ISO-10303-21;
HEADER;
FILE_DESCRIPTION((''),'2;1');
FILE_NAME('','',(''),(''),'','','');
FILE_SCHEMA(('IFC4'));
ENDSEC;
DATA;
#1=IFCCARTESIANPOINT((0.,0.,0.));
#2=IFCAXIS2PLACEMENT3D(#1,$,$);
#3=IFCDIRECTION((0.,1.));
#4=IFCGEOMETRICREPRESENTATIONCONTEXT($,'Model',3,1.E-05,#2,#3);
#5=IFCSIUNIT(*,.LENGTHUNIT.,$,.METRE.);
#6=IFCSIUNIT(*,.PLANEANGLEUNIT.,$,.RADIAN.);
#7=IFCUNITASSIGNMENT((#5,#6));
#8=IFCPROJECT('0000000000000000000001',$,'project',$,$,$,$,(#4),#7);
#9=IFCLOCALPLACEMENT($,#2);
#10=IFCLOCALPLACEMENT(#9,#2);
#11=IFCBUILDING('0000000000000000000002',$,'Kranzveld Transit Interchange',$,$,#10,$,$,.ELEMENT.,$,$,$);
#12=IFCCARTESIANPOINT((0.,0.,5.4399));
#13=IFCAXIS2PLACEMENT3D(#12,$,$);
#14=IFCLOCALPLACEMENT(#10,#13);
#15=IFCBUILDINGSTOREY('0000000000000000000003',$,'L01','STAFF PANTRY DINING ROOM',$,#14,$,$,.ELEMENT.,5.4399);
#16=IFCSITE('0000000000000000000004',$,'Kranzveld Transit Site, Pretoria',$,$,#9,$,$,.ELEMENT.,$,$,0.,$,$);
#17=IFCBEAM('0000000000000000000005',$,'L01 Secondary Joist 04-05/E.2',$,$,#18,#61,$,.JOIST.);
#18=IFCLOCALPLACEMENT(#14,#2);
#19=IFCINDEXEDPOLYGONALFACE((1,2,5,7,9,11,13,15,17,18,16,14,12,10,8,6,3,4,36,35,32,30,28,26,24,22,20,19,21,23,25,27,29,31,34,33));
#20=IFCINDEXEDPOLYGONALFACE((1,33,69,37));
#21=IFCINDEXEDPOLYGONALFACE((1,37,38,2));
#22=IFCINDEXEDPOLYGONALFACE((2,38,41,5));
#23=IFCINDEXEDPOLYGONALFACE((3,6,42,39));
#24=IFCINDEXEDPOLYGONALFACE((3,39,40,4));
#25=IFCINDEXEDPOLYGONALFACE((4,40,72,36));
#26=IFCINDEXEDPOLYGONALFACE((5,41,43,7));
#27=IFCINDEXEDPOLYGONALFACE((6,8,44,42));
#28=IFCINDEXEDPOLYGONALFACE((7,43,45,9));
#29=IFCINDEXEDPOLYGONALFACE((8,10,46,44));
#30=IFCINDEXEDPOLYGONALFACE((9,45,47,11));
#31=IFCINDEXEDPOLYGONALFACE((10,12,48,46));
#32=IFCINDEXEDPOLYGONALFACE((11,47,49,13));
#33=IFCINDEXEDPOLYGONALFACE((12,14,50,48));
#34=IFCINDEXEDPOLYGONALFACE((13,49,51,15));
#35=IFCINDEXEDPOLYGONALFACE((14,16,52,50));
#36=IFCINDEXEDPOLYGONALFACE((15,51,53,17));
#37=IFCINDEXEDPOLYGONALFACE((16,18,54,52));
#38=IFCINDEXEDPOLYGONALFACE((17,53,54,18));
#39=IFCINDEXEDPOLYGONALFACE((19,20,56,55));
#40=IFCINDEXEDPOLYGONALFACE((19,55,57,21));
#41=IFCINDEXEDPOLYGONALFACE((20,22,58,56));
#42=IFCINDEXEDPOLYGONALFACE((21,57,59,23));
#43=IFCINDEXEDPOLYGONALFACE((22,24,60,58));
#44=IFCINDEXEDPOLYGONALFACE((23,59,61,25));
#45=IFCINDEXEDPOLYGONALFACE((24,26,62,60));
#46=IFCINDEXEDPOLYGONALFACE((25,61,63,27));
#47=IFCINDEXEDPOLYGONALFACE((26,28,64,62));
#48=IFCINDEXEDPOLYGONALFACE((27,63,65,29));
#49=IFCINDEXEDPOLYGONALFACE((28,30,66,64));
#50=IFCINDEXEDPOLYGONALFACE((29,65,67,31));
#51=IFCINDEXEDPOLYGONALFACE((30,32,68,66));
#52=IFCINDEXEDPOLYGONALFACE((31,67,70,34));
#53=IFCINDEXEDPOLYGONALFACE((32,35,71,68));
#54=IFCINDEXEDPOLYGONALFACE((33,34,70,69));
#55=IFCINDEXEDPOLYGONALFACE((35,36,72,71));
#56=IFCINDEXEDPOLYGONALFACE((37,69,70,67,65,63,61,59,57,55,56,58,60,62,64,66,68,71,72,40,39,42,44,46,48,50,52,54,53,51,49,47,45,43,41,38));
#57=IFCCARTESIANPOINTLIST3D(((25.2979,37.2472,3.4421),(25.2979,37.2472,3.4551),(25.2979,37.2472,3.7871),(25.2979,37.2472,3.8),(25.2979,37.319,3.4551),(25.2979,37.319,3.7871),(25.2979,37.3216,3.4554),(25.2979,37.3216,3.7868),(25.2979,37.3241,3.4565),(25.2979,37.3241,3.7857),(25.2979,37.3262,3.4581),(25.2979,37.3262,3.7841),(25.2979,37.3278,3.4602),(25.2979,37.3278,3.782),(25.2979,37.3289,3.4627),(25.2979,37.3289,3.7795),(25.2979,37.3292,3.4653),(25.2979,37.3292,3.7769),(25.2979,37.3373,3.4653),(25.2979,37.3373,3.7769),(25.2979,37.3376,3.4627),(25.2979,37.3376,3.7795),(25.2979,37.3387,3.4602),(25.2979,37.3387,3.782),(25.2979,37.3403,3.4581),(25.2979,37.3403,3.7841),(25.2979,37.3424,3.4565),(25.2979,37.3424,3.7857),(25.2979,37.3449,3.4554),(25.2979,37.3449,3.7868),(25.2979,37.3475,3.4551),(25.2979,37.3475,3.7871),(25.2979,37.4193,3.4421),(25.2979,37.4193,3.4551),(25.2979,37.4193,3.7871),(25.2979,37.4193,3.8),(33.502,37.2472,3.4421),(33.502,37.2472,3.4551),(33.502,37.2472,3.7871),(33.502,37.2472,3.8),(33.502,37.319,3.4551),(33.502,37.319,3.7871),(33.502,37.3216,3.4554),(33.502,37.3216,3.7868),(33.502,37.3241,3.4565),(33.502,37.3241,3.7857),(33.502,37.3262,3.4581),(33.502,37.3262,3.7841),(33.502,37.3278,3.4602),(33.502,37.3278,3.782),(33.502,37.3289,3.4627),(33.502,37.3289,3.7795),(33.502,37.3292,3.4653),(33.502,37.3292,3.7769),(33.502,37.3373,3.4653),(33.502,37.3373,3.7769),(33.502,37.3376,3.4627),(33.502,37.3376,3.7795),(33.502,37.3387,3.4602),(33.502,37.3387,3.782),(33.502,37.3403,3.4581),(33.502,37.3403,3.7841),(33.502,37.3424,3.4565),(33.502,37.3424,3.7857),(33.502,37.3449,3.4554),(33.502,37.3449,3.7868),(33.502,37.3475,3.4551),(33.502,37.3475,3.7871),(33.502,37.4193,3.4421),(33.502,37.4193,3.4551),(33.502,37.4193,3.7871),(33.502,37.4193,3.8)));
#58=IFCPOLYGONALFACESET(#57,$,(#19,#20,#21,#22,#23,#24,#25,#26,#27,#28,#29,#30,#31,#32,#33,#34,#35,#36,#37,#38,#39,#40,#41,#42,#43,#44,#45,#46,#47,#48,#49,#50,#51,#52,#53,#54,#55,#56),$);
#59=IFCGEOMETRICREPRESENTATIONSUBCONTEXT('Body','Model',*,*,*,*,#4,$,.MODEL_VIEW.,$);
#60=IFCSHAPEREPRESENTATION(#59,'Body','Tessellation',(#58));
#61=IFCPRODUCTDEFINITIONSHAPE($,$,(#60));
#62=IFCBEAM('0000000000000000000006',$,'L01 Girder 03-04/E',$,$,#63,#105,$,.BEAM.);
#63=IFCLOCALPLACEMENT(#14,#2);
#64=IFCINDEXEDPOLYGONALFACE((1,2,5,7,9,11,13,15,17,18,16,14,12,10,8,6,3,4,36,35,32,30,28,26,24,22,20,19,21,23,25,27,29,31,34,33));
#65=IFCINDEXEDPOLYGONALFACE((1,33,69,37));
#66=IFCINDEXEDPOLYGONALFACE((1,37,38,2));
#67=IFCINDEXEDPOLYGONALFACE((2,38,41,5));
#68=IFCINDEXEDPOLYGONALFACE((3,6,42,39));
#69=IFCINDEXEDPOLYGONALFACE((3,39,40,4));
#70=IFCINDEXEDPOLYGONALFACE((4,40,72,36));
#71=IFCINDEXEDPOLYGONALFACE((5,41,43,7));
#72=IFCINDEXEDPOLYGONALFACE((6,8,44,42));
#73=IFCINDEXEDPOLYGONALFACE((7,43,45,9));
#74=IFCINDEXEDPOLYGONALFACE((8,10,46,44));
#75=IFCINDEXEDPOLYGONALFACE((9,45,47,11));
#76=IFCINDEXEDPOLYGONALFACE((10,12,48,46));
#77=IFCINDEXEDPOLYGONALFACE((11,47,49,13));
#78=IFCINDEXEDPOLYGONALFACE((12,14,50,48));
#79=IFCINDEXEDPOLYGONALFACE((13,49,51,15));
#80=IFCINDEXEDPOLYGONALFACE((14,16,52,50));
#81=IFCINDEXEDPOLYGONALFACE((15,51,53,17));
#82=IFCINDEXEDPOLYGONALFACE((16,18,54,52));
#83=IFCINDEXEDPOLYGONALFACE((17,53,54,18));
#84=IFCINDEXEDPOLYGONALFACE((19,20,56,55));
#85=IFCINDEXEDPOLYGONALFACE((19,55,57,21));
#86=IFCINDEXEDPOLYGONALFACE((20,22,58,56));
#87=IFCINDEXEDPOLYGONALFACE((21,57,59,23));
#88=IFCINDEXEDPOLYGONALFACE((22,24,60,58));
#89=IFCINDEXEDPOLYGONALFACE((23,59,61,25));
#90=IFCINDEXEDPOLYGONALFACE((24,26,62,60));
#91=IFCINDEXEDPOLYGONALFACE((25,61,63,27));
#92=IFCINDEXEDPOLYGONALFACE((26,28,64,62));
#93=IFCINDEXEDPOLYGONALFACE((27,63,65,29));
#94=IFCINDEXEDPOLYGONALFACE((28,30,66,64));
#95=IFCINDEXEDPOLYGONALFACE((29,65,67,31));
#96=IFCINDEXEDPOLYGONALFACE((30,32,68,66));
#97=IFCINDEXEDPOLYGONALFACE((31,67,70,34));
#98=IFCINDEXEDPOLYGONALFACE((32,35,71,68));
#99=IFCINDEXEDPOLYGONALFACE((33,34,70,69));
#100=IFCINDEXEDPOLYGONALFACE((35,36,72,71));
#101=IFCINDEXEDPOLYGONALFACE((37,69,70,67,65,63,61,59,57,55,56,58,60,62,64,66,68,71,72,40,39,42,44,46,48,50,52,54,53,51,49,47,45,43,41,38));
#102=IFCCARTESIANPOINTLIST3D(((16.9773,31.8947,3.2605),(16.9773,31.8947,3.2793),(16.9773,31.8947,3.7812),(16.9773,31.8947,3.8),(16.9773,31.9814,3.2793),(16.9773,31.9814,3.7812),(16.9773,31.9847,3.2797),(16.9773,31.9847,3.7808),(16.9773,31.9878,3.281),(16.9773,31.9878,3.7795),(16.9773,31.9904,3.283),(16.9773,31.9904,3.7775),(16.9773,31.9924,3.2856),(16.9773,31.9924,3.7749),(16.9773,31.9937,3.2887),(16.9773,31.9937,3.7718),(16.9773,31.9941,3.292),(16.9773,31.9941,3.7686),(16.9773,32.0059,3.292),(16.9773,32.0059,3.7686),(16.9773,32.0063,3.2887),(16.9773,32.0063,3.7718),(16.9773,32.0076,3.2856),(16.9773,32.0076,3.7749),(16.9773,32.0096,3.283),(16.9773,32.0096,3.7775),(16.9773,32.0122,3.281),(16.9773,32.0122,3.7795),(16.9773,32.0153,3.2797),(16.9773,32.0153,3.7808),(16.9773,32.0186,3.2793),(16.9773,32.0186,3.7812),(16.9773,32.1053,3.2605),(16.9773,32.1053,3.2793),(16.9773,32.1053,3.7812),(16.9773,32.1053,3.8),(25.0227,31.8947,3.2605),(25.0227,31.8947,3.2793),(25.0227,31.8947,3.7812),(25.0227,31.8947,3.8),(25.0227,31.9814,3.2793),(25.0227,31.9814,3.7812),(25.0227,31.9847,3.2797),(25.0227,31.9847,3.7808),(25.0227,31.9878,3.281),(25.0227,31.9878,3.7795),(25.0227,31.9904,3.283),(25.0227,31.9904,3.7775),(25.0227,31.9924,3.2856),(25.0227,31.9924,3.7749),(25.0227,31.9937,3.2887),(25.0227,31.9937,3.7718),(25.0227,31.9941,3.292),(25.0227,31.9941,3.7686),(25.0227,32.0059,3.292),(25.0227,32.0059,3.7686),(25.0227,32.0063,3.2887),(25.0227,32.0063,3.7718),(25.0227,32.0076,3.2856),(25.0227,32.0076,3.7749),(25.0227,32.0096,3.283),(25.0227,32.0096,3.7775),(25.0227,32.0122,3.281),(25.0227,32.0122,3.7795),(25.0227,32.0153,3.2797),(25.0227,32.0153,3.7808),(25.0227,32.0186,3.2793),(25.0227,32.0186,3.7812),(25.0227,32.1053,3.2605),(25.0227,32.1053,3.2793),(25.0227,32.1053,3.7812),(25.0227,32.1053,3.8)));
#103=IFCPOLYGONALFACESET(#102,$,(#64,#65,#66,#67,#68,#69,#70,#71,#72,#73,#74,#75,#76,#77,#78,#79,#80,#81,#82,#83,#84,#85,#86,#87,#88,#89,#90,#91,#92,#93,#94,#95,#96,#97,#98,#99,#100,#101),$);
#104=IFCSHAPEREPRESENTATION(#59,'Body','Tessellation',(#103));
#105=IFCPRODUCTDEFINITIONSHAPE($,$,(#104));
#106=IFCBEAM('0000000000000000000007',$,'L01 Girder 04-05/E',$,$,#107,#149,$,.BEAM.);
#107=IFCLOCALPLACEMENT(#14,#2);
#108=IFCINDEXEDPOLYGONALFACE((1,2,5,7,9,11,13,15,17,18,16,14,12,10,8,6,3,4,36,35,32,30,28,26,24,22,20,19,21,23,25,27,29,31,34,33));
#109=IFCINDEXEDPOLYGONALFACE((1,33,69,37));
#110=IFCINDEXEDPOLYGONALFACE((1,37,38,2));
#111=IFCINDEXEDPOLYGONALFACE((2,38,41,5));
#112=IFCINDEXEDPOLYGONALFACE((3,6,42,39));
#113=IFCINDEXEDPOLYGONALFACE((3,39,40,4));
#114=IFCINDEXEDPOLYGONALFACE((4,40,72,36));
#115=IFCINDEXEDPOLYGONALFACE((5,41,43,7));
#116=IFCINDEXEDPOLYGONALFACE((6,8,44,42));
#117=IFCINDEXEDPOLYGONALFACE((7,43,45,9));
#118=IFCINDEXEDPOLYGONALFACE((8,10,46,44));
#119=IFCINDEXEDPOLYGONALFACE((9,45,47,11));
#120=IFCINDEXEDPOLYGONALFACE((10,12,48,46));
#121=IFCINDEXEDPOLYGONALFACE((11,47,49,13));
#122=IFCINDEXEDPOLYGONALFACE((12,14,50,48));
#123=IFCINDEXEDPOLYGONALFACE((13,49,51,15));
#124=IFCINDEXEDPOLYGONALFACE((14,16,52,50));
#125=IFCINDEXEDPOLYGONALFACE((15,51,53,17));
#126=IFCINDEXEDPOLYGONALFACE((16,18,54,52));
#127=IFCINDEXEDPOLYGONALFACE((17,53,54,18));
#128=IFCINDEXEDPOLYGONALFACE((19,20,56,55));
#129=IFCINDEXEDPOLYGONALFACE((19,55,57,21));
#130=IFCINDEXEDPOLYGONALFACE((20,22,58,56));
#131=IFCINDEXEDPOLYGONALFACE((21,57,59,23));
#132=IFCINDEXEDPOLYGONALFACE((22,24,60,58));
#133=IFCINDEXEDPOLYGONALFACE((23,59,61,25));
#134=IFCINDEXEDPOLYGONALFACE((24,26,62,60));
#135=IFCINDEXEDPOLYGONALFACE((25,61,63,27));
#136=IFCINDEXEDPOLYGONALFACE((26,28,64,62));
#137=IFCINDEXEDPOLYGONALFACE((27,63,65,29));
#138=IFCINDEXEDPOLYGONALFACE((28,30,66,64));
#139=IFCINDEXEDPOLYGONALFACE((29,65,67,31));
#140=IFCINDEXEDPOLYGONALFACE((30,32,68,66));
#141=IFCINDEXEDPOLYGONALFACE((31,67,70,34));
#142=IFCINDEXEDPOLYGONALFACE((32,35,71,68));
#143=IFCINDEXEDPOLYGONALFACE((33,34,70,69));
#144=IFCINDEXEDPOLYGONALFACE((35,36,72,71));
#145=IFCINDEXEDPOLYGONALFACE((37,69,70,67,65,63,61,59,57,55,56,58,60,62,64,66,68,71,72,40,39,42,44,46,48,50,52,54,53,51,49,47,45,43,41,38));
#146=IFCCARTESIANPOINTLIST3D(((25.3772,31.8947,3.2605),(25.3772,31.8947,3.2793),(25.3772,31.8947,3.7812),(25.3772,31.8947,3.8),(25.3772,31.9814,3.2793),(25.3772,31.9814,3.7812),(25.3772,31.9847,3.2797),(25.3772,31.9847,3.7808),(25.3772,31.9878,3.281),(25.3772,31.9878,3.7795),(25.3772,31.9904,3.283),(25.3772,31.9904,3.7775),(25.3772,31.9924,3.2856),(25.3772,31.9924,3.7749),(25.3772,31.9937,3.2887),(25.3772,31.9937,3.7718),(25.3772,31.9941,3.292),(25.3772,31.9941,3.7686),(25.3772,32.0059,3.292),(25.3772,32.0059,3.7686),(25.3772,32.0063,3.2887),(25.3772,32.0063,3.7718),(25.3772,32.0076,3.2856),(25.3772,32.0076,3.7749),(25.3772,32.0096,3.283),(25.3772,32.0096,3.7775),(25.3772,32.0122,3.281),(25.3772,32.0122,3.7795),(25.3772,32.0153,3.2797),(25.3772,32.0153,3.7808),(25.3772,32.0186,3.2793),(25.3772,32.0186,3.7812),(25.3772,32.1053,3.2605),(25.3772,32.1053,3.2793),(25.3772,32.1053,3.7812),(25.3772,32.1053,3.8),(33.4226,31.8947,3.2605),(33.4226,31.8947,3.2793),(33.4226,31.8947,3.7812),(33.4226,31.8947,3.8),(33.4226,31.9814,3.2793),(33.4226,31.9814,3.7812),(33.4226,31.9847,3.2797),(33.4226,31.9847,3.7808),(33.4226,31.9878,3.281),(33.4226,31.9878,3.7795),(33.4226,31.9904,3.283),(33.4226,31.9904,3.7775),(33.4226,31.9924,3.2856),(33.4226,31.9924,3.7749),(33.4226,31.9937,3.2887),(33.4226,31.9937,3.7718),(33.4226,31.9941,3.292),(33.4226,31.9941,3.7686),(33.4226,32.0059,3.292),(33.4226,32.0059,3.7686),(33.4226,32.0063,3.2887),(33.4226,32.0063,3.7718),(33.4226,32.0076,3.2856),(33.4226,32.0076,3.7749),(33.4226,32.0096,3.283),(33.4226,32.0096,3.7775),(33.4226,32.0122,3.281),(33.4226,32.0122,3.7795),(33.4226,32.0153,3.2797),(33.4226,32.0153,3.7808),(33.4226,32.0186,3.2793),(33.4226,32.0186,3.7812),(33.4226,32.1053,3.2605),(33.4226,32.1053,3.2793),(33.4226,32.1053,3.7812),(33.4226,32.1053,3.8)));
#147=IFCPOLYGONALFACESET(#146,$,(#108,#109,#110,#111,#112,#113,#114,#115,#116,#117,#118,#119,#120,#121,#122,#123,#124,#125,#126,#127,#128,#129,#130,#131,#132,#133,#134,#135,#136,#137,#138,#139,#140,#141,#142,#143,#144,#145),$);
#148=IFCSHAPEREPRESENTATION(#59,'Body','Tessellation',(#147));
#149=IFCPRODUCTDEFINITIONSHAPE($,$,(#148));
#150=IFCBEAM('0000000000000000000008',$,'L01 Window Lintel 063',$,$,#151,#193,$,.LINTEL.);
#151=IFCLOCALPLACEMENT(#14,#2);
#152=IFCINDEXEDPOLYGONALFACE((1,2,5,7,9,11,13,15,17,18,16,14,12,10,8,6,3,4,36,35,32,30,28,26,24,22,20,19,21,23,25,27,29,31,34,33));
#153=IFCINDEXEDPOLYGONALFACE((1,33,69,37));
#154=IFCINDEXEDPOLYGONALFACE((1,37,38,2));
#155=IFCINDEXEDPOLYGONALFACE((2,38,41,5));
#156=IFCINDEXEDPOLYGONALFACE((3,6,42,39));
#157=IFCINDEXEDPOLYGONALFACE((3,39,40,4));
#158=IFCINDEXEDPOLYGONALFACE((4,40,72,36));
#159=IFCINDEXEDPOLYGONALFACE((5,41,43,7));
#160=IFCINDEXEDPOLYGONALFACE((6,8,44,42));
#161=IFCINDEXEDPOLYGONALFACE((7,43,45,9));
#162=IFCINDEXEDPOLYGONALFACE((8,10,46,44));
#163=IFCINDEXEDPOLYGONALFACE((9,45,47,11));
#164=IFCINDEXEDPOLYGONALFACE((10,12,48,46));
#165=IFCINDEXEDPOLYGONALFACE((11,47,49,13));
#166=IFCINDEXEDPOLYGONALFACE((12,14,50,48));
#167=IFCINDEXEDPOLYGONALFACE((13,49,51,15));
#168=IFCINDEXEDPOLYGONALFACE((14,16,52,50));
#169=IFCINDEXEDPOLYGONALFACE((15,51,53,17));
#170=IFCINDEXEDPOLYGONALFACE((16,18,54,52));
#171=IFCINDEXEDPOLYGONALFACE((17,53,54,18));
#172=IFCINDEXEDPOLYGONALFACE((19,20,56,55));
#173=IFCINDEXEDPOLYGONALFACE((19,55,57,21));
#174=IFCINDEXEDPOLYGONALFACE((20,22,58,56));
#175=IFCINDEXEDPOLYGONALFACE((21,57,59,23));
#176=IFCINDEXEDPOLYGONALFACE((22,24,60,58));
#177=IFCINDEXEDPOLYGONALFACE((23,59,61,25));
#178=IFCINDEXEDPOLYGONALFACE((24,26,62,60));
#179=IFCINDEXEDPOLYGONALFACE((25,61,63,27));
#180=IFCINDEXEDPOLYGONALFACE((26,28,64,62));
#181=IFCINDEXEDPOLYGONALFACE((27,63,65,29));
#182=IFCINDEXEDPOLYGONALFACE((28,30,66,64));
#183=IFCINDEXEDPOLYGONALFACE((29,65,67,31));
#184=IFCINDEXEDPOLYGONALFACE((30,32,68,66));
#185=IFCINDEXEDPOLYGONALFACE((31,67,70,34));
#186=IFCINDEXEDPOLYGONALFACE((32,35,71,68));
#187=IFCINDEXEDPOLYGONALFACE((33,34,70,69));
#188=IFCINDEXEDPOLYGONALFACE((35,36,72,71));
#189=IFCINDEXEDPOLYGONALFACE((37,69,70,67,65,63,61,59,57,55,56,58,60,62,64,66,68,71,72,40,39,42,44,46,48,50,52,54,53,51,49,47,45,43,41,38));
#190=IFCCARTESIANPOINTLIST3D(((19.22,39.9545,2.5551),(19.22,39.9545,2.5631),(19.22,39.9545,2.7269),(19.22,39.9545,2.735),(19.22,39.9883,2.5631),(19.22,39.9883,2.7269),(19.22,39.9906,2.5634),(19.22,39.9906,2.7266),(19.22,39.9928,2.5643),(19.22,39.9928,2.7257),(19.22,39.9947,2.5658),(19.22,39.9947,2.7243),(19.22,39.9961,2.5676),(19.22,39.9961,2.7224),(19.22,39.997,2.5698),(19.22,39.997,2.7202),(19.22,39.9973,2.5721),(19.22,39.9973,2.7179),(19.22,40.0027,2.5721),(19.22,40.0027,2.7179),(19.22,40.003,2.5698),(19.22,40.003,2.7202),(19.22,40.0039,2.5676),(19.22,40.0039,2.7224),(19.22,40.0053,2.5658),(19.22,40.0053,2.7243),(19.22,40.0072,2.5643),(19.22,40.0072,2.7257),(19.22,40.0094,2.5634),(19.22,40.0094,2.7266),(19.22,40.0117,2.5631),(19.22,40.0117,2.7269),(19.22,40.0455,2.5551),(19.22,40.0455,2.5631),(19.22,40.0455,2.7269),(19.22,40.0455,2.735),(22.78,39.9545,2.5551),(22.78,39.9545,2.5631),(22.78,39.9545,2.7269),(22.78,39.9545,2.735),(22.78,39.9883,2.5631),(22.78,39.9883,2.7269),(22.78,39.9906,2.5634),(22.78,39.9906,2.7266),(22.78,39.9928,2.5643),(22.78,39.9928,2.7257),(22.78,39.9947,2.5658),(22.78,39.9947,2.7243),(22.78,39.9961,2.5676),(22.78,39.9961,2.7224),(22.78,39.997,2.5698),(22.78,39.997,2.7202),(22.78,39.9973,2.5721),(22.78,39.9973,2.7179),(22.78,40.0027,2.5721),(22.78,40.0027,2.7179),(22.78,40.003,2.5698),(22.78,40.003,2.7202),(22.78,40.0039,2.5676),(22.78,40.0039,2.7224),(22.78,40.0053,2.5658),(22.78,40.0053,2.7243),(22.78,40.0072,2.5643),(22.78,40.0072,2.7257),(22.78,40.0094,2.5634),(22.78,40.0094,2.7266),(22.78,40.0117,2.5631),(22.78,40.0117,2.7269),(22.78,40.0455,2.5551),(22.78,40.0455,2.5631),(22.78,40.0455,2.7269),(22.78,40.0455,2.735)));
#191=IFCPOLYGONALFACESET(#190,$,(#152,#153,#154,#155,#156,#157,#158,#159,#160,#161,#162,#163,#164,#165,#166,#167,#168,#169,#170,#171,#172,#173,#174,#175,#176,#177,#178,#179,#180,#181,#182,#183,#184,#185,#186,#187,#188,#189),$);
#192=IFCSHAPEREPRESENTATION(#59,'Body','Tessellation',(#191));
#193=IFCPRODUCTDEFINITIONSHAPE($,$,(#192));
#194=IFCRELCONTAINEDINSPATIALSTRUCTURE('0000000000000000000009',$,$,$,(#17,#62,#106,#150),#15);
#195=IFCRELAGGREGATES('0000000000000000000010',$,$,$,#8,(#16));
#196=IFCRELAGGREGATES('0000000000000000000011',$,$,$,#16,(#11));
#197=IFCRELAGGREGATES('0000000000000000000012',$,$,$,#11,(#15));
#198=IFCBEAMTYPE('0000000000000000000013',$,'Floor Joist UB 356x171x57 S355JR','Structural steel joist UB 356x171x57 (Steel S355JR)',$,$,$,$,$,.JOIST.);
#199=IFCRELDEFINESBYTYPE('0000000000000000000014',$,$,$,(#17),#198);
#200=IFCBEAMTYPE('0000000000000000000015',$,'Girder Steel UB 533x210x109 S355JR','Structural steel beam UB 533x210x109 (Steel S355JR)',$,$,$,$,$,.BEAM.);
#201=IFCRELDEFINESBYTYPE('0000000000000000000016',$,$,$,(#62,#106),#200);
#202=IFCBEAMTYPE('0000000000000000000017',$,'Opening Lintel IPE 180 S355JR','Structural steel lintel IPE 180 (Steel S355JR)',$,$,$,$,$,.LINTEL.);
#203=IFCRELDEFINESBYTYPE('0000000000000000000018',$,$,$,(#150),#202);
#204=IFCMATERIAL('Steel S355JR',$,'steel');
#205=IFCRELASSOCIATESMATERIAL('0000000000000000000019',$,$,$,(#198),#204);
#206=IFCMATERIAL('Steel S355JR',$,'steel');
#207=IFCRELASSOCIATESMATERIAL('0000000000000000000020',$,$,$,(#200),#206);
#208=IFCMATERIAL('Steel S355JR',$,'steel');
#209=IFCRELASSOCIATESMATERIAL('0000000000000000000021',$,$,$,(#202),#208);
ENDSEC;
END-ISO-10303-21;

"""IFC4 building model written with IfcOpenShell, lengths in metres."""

from ifc_helpers import new_model, si_unit, direction, frame, origin, origin_2d, place, context, subcontext, project, spatial, i_section, extrude, material, material_profile, profile_set, type_object, element, save


model = new_model("IFC4")

# Units and contexts
model_context = context("Model", 3, precision=1e-05, world=origin(), true_north=direction((0.0, 1.0)))
body_context = subcontext(model_context, "Body", "Model", "MODEL_VIEW")
ifc_project = project(units=[si_unit("LENGTHUNIT", "METRE"), si_unit("PLANEANGLEUNIT", "RADIAN")], contexts=[model_context])

# Site, building, storey
site_placement = place(None, origin())
site = spatial("IfcSite", under=ifc_project, at=site_placement, Name="Kranzveld Transit Site, Pretoria", CompositionType="ELEMENT", RefElevation=0.0)
building_placement = place(site_placement, origin())
building = spatial("IfcBuilding", under=site, at=building_placement, Name="Kranzveld Transit Interchange", CompositionType="ELEMENT")
storey_placement = place(building_placement, frame((0.0, 0.0, 5.4399)))
storey = spatial("IfcBuildingStorey", under=building, at=storey_placement, Name="L01", Description="STAFF PANTRY DINING ROOM", CompositionType="ELEMENT", Elevation=5.4399)

# Beams
ifc_material_1 = material(Name="Steel S355JR", Category="steel")
ifc_material_profile_1 = material_profile(ifc_material_1, i_section(OverallWidth=0.1721, OverallDepth=0.3579, WebThickness=0.0081, FlangeThickness=0.0129, FilletRadius=0.0103, at=origin_2d()), Name="UB 356x171x57")
ifc_profile_set_1 = profile_set([ifc_material_profile_1], Name="Steel S355JR")
beam_type_1 = type_object("IfcBeamType", Name="Floor Joist UB 356x171x57 S355JR", Description="Structural steel joist UB 356x171x57 (Steel S355JR)", PredefinedType="JOIST", material=ifc_profile_set_1)
for number, where, z_axis, x_axis, name in (
    (1, (25.2979, 37.3333, 3.6211), (1.0, 0.0, 0.0), (0.0, 1.0, 0.0), "L01 Secondary Joist 04-05/E.2"),
):
    element("IfcBeam", number, at=place(storey_placement, frame(where, z_axis=z_axis, x_axis=x_axis)), inside=storey, type_object=beam_type_1, Name=name, PredefinedType="JOIST", context=body_context, shape_type="SweptSolid", body=[
        extrude(i_section(OverallWidth=0.1721, OverallDepth=0.3579, WebThickness=0.0081, FlangeThickness=0.0129, FilletRadius=0.0103, at=origin_2d()), origin(), (0.0, 0.0, 1.0), 8.2041),
    ])
ifc_material_2 = material(Name="Steel S355JR", Category="steel")
ifc_material_profile_2 = material_profile(ifc_material_2, i_section(OverallWidth=0.2107, OverallDepth=0.5396, WebThickness=0.0117, FlangeThickness=0.0188, FilletRadius=0.0127, at=origin_2d()), Name="UB 533x210x109")
ifc_profile_set_2 = profile_set([ifc_material_profile_2], Name="Steel S355JR")
beam_type_2 = type_object("IfcBeamType", Name="Girder Steel UB 533x210x109 S355JR", Description="Structural steel beam UB 533x210x109 (Steel S355JR)", PredefinedType="BEAM", material=ifc_profile_set_2)
for number, where, z_axis, x_axis, name in (
    (2, (16.9773, 32.0, 3.5303), (1.0, 0.0, 0.0), (0.0, 1.0, 0.0), "L01 Girder 03-04/E"),
    (3, (25.3772, 32.0, 3.5303), (1.0, 0.0, 0.0), (0.0, 1.0, 0.0), "L01 Girder 04-05/E"),
):
    element("IfcBeam", number, at=place(storey_placement, frame(where, z_axis=z_axis, x_axis=x_axis)), inside=storey, type_object=beam_type_2, Name=name, PredefinedType="BEAM", context=body_context, shape_type="SweptSolid", body=[
        extrude(i_section(OverallWidth=0.2107, OverallDepth=0.5396, WebThickness=0.0117, FlangeThickness=0.0188, FilletRadius=0.0127, at=origin_2d()), origin(), (0.0, 0.0, 1.0), 8.0454),
    ])
ifc_material_3 = material(Name="Steel S355JR", Category="steel")
ifc_material_profile_3 = material_profile(ifc_material_3, i_section(OverallWidth=0.0911, OverallDepth=0.1799, WebThickness=0.0054, FlangeThickness=0.0081, FilletRadius=0.009, at=origin_2d()), Name="IPE 180")
ifc_profile_set_3 = profile_set([ifc_material_profile_3], Name="Steel S355JR")
beam_type_3 = type_object("IfcBeamType", Name="Opening Lintel IPE 180 S355JR", Description="Structural steel lintel IPE 180 (Steel S355JR)", PredefinedType="LINTEL", material=ifc_profile_set_3)
beam_1_placement = place(storey_placement, frame((19.22, 40.0, 2.645), z_axis=(1.0, 0.0, 0.0), x_axis=(0.0, 1.0, 0.0)))
element("IfcBeam", 4, at=beam_1_placement, inside=storey, type_object=beam_type_3, Name="L01 Window Lintel 063", PredefinedType="LINTEL", context=body_context, shape_type="SweptSolid", body=[
    extrude(i_section(OverallWidth=0.0911, OverallDepth=0.1799, WebThickness=0.0054, FlangeThickness=0.0081, FilletRadius=0.009, at=origin_2d()), origin(), (0.0, 0.0, 1.0), 3.5601),
])

save(model, "model.ifc")
